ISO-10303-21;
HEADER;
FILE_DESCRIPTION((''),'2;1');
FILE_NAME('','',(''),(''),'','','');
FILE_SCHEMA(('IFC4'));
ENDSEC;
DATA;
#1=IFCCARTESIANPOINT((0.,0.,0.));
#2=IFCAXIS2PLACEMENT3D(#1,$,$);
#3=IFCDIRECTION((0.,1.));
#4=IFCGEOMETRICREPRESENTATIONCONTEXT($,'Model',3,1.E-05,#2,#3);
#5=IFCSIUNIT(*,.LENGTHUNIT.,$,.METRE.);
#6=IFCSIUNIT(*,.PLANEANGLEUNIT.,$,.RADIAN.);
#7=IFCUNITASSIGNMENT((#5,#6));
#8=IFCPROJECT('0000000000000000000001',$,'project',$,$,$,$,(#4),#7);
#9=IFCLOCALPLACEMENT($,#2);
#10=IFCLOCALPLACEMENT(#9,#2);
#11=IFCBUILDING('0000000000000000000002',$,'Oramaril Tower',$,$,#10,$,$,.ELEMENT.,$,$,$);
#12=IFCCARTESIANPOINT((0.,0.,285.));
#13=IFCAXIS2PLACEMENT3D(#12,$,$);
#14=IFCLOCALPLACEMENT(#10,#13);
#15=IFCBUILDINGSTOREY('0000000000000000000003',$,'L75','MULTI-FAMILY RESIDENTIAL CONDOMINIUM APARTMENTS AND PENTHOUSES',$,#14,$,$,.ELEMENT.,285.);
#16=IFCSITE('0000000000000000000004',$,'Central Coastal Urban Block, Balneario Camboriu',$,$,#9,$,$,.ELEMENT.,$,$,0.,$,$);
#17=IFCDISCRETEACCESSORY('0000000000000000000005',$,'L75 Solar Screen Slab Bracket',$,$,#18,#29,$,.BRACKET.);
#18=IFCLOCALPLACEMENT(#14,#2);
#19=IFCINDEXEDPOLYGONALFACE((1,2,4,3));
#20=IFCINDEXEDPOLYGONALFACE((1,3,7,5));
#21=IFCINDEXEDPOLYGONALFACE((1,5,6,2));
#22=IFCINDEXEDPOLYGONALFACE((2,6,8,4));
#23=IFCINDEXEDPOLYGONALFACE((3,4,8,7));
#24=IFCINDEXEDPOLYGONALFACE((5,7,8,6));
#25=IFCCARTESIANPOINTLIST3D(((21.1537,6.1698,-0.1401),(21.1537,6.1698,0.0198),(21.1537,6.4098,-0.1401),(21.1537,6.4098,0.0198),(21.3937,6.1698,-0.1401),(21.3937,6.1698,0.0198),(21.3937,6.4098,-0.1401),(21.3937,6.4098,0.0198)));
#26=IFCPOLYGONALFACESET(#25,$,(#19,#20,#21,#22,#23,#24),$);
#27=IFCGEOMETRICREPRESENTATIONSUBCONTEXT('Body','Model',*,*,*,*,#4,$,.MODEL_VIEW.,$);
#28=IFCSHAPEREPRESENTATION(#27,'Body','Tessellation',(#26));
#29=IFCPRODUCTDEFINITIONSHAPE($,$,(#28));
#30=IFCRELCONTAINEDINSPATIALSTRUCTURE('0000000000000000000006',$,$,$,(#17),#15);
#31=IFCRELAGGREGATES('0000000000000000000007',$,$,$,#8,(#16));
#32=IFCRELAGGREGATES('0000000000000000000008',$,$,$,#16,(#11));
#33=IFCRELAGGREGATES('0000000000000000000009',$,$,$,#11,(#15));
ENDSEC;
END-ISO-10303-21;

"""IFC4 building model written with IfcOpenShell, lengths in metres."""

from ifc_helpers import new_model, si_unit, direction, frame, origin, origin_2d, place, context, subcontext, project, spatial, rectangle, extrude, element, save


model = new_model("IFC4")

# Units and contexts
model_context = context("Model", 3, precision=1e-05, world=origin(), true_north=direction((0.0, 1.0)))
body_context = subcontext(model_context, "Body", "Model", "MODEL_VIEW")
ifc_project = project(units=[si_unit("LENGTHUNIT", "METRE"), si_unit("PLANEANGLEUNIT", "RADIAN")], contexts=[model_context])

# Site, building, storey
site_placement = place(None, origin())
site = spatial("IfcSite", under=ifc_project, at=site_placement, Name="Central Coastal Urban Block, Balneario Camboriu", CompositionType="ELEMENT", RefElevation=0.0)
building_placement = place(site_placement, origin())
building = spatial("IfcBuilding", under=site, at=building_placement, Name="Oramaril Tower", CompositionType="ELEMENT")
storey_placement = place(building_placement, frame((0.0, 0.0, 285.0)))
storey = spatial("IfcBuildingStorey", under=building, at=storey_placement, Name="L75", Description="MULTI-FAMILY RESIDENTIAL CONDOMINIUM APARTMENTS AND PENTHOUSES", CompositionType="ELEMENT", Elevation=285.0)

# Discrete accessory
discrete_accessory_placement = place(storey_placement, frame((21.2737, 6.2898, -0.1401), z_axis=(0.0, 0.0, 1.0), x_axis=(1.0, 0.0, 0.0)))
element("IfcDiscreteAccessory", 1, at=discrete_accessory_placement, inside=storey, Name="L75 Solar Screen Slab Bracket", PredefinedType="BRACKET", context=body_context, shape_type="SweptSolid", body=[
    extrude(rectangle(XDim=0.24, YDim=0.24, at=origin_2d()), origin(), (0.0, 0.0, 1.0), 0.1599),
])

save(model, "model.ifc")
